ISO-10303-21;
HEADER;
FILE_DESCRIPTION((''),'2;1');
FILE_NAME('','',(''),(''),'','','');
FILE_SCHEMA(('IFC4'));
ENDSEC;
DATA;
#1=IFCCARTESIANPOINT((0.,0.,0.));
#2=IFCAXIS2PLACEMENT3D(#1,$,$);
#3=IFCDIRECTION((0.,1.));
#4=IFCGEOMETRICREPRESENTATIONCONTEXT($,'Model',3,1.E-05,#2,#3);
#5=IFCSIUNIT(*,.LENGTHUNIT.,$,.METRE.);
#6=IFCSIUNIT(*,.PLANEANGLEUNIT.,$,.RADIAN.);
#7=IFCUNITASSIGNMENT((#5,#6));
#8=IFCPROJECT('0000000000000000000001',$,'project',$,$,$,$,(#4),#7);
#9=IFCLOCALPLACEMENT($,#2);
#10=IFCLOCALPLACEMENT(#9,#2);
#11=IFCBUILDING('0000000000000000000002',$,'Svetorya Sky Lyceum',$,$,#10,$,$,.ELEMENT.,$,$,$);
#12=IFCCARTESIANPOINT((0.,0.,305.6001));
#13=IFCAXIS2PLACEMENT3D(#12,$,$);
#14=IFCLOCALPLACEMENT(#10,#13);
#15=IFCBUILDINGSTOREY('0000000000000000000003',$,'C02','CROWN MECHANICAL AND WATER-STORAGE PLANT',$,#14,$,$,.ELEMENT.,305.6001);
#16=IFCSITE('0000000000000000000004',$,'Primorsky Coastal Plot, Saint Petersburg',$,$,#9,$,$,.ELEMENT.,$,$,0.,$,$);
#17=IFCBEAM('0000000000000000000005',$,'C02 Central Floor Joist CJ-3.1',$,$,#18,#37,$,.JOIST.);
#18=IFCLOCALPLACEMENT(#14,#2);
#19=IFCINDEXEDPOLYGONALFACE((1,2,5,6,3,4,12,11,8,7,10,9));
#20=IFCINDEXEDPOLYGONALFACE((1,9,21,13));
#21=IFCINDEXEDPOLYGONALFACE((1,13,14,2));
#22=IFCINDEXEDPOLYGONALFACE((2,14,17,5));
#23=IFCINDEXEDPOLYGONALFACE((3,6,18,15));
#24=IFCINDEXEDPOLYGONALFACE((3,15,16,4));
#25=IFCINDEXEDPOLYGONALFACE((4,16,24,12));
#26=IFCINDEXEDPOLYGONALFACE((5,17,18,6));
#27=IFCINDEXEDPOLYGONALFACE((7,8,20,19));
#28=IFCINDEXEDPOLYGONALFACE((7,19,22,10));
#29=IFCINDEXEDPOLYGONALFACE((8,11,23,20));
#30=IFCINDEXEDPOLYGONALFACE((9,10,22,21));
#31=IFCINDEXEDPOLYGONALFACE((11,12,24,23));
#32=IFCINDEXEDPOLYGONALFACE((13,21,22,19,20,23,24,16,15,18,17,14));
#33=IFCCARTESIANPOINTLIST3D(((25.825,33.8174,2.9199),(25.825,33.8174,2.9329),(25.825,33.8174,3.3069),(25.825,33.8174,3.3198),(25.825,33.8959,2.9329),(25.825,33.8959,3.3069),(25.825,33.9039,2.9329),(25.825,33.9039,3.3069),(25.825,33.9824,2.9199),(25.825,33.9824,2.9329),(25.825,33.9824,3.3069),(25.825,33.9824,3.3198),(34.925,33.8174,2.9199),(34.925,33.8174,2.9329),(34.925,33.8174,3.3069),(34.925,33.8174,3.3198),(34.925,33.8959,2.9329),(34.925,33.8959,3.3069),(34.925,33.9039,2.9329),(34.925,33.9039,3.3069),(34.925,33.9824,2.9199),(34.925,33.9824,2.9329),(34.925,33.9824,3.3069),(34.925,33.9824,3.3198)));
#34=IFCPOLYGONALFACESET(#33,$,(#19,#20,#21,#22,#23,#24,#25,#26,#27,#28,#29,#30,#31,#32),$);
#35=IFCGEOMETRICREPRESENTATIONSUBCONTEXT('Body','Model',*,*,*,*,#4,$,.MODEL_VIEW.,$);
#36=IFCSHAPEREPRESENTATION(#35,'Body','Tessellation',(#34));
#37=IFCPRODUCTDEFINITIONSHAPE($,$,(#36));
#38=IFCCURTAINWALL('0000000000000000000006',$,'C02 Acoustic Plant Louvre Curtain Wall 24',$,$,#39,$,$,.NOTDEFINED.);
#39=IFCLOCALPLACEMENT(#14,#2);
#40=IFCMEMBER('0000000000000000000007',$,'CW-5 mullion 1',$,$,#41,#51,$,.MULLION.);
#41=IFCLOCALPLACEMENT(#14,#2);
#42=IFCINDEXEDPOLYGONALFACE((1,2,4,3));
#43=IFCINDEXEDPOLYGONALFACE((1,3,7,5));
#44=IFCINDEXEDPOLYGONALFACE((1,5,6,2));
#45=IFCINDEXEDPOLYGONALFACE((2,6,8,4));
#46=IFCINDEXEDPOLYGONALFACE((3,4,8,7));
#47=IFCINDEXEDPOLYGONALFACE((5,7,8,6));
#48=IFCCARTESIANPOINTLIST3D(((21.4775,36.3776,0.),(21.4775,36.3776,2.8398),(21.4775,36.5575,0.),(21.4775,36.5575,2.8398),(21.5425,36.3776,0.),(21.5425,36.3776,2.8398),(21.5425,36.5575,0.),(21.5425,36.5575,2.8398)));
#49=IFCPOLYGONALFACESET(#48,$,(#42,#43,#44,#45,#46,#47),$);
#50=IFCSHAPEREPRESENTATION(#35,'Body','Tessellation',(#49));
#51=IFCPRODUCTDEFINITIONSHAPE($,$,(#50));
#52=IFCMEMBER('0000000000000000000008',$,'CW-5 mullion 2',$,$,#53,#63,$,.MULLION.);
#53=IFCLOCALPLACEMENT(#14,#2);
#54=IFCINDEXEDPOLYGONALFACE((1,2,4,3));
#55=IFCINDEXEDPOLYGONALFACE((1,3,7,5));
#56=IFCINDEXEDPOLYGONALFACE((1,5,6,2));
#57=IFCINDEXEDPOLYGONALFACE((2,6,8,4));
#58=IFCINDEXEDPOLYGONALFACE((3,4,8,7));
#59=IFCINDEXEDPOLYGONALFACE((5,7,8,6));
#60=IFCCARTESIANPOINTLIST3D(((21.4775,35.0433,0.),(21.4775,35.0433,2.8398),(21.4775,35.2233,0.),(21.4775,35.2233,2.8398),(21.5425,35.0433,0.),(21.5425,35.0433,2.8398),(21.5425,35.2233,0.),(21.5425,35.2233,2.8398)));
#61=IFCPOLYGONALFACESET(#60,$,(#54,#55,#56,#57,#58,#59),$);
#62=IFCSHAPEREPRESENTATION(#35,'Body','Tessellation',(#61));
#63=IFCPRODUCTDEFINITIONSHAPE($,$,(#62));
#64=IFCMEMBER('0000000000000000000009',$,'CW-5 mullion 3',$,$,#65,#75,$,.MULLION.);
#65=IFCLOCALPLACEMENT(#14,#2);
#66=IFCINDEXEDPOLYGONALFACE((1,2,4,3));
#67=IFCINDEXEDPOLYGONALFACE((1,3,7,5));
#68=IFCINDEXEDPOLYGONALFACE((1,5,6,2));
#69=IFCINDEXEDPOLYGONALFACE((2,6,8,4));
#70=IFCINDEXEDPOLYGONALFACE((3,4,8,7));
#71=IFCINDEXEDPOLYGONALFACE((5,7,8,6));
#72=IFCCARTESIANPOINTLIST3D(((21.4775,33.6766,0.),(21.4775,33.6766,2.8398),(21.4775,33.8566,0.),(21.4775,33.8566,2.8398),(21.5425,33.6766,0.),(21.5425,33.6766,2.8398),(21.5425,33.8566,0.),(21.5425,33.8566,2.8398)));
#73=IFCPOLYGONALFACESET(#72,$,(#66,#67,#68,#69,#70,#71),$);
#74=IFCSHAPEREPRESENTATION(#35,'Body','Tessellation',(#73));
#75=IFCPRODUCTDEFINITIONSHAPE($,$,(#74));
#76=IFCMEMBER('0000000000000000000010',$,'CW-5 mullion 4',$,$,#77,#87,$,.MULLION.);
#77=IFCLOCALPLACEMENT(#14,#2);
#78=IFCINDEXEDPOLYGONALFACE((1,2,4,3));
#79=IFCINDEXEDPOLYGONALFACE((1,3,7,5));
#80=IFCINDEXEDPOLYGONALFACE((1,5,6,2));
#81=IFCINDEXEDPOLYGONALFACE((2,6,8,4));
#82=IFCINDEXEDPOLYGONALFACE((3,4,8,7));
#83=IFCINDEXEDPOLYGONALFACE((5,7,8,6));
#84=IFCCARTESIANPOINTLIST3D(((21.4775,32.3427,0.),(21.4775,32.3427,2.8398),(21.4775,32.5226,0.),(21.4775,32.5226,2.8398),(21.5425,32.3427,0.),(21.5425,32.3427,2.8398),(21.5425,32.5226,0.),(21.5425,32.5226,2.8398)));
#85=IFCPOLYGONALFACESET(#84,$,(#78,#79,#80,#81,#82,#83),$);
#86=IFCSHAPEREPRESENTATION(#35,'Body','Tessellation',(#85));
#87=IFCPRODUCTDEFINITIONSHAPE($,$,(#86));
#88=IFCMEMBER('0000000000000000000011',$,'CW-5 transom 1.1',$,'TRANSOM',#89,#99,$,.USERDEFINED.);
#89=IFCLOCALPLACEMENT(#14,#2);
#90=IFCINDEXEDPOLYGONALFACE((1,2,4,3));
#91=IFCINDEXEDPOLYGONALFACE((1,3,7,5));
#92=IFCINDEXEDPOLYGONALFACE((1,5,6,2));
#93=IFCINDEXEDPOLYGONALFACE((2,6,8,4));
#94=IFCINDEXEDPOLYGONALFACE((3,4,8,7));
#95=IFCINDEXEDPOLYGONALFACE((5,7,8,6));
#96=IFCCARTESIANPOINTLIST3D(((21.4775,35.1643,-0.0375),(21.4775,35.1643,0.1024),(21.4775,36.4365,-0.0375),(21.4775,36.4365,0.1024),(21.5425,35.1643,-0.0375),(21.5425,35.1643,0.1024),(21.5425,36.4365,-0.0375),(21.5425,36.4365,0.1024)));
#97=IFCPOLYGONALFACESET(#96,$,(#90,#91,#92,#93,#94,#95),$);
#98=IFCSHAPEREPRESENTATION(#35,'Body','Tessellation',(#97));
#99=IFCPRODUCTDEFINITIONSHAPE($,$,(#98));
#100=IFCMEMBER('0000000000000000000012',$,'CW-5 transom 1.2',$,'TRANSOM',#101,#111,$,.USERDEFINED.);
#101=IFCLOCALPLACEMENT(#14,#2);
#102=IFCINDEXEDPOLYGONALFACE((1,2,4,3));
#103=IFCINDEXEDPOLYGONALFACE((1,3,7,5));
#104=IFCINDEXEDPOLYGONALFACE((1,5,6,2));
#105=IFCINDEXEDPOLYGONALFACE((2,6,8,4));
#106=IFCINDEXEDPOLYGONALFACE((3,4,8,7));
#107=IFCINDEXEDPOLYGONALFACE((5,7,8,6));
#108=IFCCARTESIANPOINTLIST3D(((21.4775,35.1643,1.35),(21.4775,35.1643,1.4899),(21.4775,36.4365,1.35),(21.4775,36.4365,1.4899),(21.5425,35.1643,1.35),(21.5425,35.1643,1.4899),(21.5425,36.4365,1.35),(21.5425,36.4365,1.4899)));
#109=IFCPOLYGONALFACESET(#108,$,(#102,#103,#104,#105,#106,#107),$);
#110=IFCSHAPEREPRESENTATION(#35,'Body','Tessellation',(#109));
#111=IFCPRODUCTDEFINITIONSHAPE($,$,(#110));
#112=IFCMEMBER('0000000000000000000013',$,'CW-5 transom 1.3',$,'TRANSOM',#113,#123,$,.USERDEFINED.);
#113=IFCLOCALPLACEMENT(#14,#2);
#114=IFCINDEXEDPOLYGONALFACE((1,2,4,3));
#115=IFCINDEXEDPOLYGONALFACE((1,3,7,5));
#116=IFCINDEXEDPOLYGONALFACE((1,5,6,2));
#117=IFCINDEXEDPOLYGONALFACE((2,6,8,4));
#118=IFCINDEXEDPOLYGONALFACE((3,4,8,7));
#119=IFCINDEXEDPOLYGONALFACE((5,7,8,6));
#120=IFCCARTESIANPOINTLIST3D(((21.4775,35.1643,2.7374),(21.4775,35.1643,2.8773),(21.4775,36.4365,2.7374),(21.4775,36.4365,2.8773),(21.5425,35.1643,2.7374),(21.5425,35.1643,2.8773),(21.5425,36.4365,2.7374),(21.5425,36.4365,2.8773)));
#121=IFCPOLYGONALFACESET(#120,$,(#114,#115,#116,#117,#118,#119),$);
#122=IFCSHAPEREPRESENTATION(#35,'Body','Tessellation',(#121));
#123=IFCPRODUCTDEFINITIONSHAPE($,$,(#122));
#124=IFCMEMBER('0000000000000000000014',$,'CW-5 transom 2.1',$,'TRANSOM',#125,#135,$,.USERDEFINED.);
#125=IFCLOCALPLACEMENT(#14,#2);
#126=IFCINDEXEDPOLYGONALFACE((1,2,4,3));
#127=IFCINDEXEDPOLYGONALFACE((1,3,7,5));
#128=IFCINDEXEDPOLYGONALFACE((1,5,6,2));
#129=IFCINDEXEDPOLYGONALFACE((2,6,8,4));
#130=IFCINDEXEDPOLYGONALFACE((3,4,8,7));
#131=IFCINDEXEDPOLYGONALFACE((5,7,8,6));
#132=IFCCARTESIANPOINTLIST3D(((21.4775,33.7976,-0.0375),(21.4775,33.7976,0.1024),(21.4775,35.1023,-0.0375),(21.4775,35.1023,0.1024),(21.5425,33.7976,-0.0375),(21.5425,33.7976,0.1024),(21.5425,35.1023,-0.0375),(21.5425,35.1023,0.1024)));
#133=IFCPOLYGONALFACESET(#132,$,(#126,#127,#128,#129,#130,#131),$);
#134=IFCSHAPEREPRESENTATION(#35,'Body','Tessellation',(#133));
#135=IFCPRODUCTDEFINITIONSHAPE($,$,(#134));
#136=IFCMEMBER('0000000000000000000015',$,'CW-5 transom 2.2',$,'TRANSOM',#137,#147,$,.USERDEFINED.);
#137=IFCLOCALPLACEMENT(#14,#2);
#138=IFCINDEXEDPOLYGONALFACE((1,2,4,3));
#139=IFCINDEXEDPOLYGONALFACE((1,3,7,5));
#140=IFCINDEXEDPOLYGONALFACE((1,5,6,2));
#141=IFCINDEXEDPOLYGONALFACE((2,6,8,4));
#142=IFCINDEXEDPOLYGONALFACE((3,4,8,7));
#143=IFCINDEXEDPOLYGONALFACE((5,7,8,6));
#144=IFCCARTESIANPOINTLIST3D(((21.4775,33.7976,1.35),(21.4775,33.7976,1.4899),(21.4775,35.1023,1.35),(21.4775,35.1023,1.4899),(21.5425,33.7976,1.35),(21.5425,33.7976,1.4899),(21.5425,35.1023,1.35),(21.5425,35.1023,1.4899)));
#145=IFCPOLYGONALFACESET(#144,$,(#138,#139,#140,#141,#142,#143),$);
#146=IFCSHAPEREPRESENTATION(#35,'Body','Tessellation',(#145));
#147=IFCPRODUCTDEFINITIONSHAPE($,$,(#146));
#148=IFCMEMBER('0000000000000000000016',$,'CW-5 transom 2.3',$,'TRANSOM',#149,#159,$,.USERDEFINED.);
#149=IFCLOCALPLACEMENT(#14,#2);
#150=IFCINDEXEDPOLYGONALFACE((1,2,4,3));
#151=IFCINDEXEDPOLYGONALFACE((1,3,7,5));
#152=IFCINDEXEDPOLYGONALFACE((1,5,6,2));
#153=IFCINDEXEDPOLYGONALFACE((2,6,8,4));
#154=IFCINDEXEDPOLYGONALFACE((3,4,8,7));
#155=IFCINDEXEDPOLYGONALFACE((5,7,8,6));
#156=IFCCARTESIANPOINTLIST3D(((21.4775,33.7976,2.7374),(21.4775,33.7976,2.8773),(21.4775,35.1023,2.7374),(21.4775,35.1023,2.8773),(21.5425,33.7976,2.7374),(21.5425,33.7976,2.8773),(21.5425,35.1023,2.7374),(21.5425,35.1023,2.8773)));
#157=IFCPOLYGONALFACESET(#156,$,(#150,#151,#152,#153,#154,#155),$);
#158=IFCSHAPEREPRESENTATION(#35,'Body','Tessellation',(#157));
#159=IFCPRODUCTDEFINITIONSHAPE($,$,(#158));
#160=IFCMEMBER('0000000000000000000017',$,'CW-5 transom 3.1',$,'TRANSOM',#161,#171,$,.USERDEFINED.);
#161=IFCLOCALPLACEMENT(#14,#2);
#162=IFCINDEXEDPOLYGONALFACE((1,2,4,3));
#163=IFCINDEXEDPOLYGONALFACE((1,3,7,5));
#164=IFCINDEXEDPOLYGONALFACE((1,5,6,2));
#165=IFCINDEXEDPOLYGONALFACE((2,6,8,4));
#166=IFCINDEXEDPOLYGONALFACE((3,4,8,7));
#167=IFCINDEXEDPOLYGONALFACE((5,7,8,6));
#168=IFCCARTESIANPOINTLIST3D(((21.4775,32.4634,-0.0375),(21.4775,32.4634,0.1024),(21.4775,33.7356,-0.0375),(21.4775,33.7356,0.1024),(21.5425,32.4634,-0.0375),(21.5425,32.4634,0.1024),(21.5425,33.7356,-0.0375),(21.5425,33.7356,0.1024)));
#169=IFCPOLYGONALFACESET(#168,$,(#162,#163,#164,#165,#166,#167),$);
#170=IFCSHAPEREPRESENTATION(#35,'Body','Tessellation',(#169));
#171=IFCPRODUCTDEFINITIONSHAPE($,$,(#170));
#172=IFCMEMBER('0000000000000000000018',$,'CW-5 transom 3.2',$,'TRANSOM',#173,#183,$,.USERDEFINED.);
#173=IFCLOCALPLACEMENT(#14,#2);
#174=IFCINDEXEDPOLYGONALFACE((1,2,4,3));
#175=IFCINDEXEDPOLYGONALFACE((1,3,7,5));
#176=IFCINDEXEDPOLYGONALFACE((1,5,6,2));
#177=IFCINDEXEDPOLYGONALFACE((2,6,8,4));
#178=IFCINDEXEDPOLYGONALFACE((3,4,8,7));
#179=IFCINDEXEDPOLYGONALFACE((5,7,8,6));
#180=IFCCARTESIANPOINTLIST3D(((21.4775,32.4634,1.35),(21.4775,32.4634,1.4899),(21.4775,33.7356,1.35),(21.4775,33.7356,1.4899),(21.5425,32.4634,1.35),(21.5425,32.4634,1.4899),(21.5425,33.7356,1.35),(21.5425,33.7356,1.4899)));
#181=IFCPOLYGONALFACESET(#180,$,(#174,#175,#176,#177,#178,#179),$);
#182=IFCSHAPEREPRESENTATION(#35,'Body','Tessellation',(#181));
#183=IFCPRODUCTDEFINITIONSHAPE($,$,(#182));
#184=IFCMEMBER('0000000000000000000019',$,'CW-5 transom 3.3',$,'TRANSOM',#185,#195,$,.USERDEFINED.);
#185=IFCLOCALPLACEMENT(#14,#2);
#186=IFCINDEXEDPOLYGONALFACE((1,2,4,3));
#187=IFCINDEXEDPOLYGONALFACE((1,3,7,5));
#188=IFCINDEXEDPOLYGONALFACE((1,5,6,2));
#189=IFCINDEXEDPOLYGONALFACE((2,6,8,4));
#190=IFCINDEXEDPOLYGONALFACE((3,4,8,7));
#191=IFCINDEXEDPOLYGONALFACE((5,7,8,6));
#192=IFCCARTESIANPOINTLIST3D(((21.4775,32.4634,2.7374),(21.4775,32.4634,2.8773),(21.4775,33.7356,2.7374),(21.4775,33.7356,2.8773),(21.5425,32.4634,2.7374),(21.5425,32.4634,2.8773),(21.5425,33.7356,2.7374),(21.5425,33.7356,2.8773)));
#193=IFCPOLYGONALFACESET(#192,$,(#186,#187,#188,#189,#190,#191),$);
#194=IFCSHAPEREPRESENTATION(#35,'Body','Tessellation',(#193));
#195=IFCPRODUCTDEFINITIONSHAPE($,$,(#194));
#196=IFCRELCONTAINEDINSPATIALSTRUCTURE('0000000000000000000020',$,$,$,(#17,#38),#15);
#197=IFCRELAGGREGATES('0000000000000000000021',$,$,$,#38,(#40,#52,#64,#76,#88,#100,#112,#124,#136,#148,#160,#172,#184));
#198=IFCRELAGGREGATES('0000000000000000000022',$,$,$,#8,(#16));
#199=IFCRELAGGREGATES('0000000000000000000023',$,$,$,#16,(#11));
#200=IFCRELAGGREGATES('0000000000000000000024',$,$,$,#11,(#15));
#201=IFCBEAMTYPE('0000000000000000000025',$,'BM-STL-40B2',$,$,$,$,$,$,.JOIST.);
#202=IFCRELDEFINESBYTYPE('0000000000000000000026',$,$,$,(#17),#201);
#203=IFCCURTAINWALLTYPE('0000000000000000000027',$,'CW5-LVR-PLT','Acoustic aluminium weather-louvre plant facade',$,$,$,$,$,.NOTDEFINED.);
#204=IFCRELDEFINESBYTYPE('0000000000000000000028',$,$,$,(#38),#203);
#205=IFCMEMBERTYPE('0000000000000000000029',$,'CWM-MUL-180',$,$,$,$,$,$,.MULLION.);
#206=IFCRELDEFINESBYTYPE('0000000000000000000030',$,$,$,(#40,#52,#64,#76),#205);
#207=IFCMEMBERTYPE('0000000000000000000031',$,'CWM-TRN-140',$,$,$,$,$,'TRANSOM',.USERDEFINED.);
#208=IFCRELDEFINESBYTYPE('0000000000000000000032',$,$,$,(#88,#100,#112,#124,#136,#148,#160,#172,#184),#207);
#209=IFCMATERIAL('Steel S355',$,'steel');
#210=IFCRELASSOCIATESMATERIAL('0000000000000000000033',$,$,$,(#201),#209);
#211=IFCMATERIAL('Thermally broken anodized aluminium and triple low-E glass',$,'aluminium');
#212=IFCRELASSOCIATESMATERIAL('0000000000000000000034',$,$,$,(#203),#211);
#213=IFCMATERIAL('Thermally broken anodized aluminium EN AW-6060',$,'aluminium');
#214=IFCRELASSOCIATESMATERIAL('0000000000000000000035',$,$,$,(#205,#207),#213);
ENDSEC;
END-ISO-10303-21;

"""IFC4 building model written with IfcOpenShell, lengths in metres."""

from ifc_helpers import new_model, si_unit, direction, frame, origin, origin_2d, place, context, subcontext, project, spatial, rectangle, i_section, extrude, material, material_profile, profile_set, type_object, element, aggregate, save


model = new_model("IFC4")

# Units and contexts
model_context = context("Model", 3, precision=1e-05, world=origin(), true_north=direction((0.0, 1.0)))
body_context = subcontext(model_context, "Body", "Model", "MODEL_VIEW")
ifc_project = project(units=[si_unit("LENGTHUNIT", "METRE"), si_unit("PLANEANGLEUNIT", "RADIAN")], contexts=[model_context])

# Site, building, storey
site_placement = place(None, origin())
site = spatial("IfcSite", under=ifc_project, at=site_placement, Name="Primorsky Coastal Plot, Saint Petersburg", CompositionType="ELEMENT", RefElevation=0.0)
building_placement = place(site_placement, origin())
building = spatial("IfcBuilding", under=site, at=building_placement, Name="Svetorya Sky Lyceum", CompositionType="ELEMENT")
storey_placement = place(building_placement, frame((0.0, 0.0, 305.6001)))
storey = spatial("IfcBuildingStorey", under=building, at=storey_placement, Name="C02", Description="CROWN MECHANICAL AND WATER-STORAGE PLANT", CompositionType="ELEMENT", Elevation=305.6001)

# Beam
ifc_material_1 = material(Name="Steel S355", Category="steel")
ifc_material_profile_1 = material_profile(ifc_material_1, i_section(OverallWidth=0.165, OverallDepth=0.3999, WebThickness=0.0081, FlangeThickness=0.0129, at=origin_2d()), Name="GOST 40B2")
ifc_profile_set_1 = profile_set([ifc_material_profile_1], Name="Steel S355")
beam_type = type_object("IfcBeamType", Name="BM-STL-40B2", PredefinedType="JOIST", material=ifc_profile_set_1)
beam_placement = place(storey_placement, frame((25.825, 33.8999, 3.1199), z_axis=(1.0, 0.0, 0.0), x_axis=(0.0, 1.0, 0.0)))
element("IfcBeam", 1, at=beam_placement, inside=storey, type_object=beam_type, Name="C02 Central Floor Joist CJ-3.1", PredefinedType="JOIST", context=body_context, shape_type="SweptSolid", body=[
    extrude(i_section(OverallWidth=0.165, OverallDepth=0.3999, WebThickness=0.0081, FlangeThickness=0.0129, at=origin_2d()), origin(), (0.0, 0.0, 1.0), 9.1001),
])

# Curtain wall, members
ifc_material_2 = material(Name="Thermally broken anodized aluminium and triple low-E glass", Category="aluminium")
curtain_wall_type = type_object("IfcCurtainWallType", Name="CW5-LVR-PLT", Description="Acoustic aluminium weather-louvre plant facade", PredefinedType="NOTDEFINED", material=ifc_material_2)
curtain_wall_placement = place(storey_placement, origin())
curtain_wall = element("IfcCurtainWall", 2, at=curtain_wall_placement, inside=storey, type_object=curtain_wall_type, Name="C02 Acoustic Plant Louvre Curtain Wall 24", PredefinedType="NOTDEFINED")
ifc_material_3 = material(Name="Thermally broken anodized aluminium EN AW-6060", Category="aluminium")
ifc_material_profile_2 = material_profile(ifc_material_3, rectangle(XDim=0.0649, YDim=0.1799, at=origin_2d()), Name="ALU MULLION 65x180")
ifc_profile_set_2 = profile_set([ifc_material_profile_2], Name="Thermally broken anodized aluminium EN AW-6060")
member_type_1 = type_object("IfcMemberType", Name="CWM-MUL-180", PredefinedType="MULLION", material=ifc_profile_set_2)
member_1_placement = place(storey_placement, frame((21.51, 36.4675, 0.0), z_axis=(0.0, 0.0, 1.0), x_axis=(1.0, 0.0, 0.0)))
member_1 = element("IfcMember", 3, at=member_1_placement, type_object=member_type_1, Name="CW-5 mullion 1", PredefinedType="MULLION", context=body_context, shape_type="SweptSolid", body=[
    extrude(rectangle(XDim=0.0649, YDim=0.1799, at=origin_2d()), origin(), (0.0, 0.0, 1.0), 2.8398),
])
member_2_placement = place(storey_placement, frame((21.51, 35.1333, 0.0), z_axis=(0.0, 0.0, 1.0), x_axis=(1.0, 0.0, 0.0)))
member_2 = element("IfcMember", 4, at=member_2_placement, type_object=member_type_1, Name="CW-5 mullion 2", PredefinedType="MULLION", context=body_context, shape_type="SweptSolid", body=[
    extrude(rectangle(XDim=0.0649, YDim=0.1799, at=origin_2d()), origin(), (0.0, 0.0, 1.0), 2.8398),
])
member_3_placement = place(storey_placement, frame((21.51, 33.7666, 0.0), z_axis=(0.0, 0.0, 1.0), x_axis=(1.0, 0.0, 0.0)))
member_3 = element("IfcMember", 5, at=member_3_placement, type_object=member_type_1, Name="CW-5 mullion 3", PredefinedType="MULLION", context=body_context, shape_type="SweptSolid", body=[
    extrude(rectangle(XDim=0.0649, YDim=0.1799, at=origin_2d()), origin(), (0.0, 0.0, 1.0), 2.8398),
])
member_4_placement = place(storey_placement, frame((21.51, 32.4326, 0.0), z_axis=(0.0, 0.0, 1.0), x_axis=(1.0, 0.0, 0.0)))
member_4 = element("IfcMember", 6, at=member_4_placement, type_object=member_type_1, Name="CW-5 mullion 4", PredefinedType="MULLION", context=body_context, shape_type="SweptSolid", body=[
    extrude(rectangle(XDim=0.0649, YDim=0.1799, at=origin_2d()), origin(), (0.0, 0.0, 1.0), 2.8398),
])
ifc_material_profile_3 = material_profile(ifc_material_3, rectangle(XDim=0.0649, YDim=0.1399, at=origin_2d()), Name="ALU TRANSOM 65x140")
ifc_profile_set_3 = profile_set([ifc_material_profile_3], Name="Thermally broken anodized aluminium EN AW-6060")
member_type_2 = type_object("IfcMemberType", Name="CWM-TRN-140", ElementType="TRANSOM", PredefinedType="USERDEFINED", material=ifc_profile_set_3)
member_5_placement = place(storey_placement, frame((21.51, 36.4365, 0.0325), z_axis=(0.0, -1.0, 0.0), x_axis=(1.0, 0.0, 0.0)))
member_5 = element("IfcMember", 7, at=member_5_placement, type_object=member_type_2, Name="CW-5 transom 1.1", ObjectType="TRANSOM", PredefinedType="USERDEFINED", context=body_context, shape_type="SweptSolid", body=[
    extrude(rectangle(XDim=0.0649, YDim=0.1399, at=origin_2d()), origin(), (0.0, 0.0, 1.0), 1.2722),
])
member_6_placement = place(storey_placement, frame((21.51, 36.4365, 1.4199), z_axis=(0.0, -1.0, 0.0), x_axis=(1.0, 0.0, 0.0)))
member_6 = element("IfcMember", 8, at=member_6_placement, type_object=member_type_2, Name="CW-5 transom 1.2", ObjectType="TRANSOM", PredefinedType="USERDEFINED", context=body_context, shape_type="SweptSolid", body=[
    extrude(rectangle(XDim=0.0649, YDim=0.1399, at=origin_2d()), origin(), (0.0, 0.0, 1.0), 1.2722),
])
member_7_placement = place(storey_placement, frame((21.51, 36.4365, 2.8074), z_axis=(0.0, -1.0, 0.0), x_axis=(1.0, 0.0, 0.0)))
member_7 = element("IfcMember", 9, at=member_7_placement, type_object=member_type_2, Name="CW-5 transom 1.3", ObjectType="TRANSOM", PredefinedType="USERDEFINED", context=body_context, shape_type="SweptSolid", body=[
    extrude(rectangle(XDim=0.0649, YDim=0.1399, at=origin_2d()), origin(), (0.0, 0.0, 1.0), 1.2722),
])
member_8_placement = place(storey_placement, frame((21.51, 35.1023, 0.0325), z_axis=(0.0, -1.0, 0.0), x_axis=(1.0, 0.0, 0.0)))
member_8 = element("IfcMember", 10, at=member_8_placement, type_object=member_type_2, Name="CW-5 transom 2.1", ObjectType="TRANSOM", PredefinedType="USERDEFINED", context=body_context, shape_type="SweptSolid", body=[
    extrude(rectangle(XDim=0.0649, YDim=0.1399, at=origin_2d()), origin(), (0.0, 0.0, 1.0), 1.3047),
])
member_9_placement = place(storey_placement, frame((21.51, 35.1023, 1.4199), z_axis=(0.0, -1.0, 0.0), x_axis=(1.0, 0.0, 0.0)))
member_9 = element("IfcMember", 11, at=member_9_placement, type_object=member_type_2, Name="CW-5 transom 2.2", ObjectType="TRANSOM", PredefinedType="USERDEFINED", context=body_context, shape_type="SweptSolid", body=[
    extrude(rectangle(XDim=0.0649, YDim=0.1399, at=origin_2d()), origin(), (0.0, 0.0, 1.0), 1.3047),
])
member_10_placement = place(storey_placement, frame((21.51, 35.1023, 2.8074), z_axis=(0.0, -1.0, 0.0), x_axis=(1.0, 0.0, 0.0)))
member_10 = element("IfcMember", 12, at=member_10_placement, type_object=member_type_2, Name="CW-5 transom 2.3", ObjectType="TRANSOM", PredefinedType="USERDEFINED", context=body_context, shape_type="SweptSolid", body=[
    extrude(rectangle(XDim=0.0649, YDim=0.1399, at=origin_2d()), origin(), (0.0, 0.0, 1.0), 1.3047),
])
member_11_placement = place(storey_placement, frame((21.51, 33.7356, 0.0325), z_axis=(0.0, -1.0, 0.0), x_axis=(1.0, 0.0, 0.0)))
member_11 = element("IfcMember", 13, at=member_11_placement, type_object=member_type_2, Name="CW-5 transom 3.1", ObjectType="TRANSOM", PredefinedType="USERDEFINED", context=body_context, shape_type="SweptSolid", body=[
    extrude(rectangle(XDim=0.0649, YDim=0.1399, at=origin_2d()), origin(), (0.0, 0.0, 1.0), 1.2722),
])
member_12_placement = place(storey_placement, frame((21.51, 33.7356, 1.4199), z_axis=(0.0, -1.0, 0.0), x_axis=(1.0, 0.0, 0.0)))
member_12 = element("IfcMember", 14, at=member_12_placement, type_object=member_type_2, Name="CW-5 transom 3.2", ObjectType="TRANSOM", PredefinedType="USERDEFINED", context=body_context, shape_type="SweptSolid", body=[
    extrude(rectangle(XDim=0.0649, YDim=0.1399, at=origin_2d()), origin(), (0.0, 0.0, 1.0), 1.2722),
])
member_13_placement = place(storey_placement, frame((21.51, 33.7356, 2.8074), z_axis=(0.0, -1.0, 0.0), x_axis=(1.0, 0.0, 0.0)))
member_13 = element("IfcMember", 15, at=member_13_placement, type_object=member_type_2, Name="CW-5 transom 3.3", ObjectType="TRANSOM", PredefinedType="USERDEFINED", context=body_context, shape_type="SweptSolid", body=[
    extrude(rectangle(XDim=0.0649, YDim=0.1399, at=origin_2d()), origin(), (0.0, 0.0, 1.0), 1.2722),
])
aggregate(curtain_wall, [member_1, member_2, member_3, member_4, member_5, member_6, member_7, member_8, member_9, member_10, member_11, member_12, member_13])

save(model, "model.ifc")
